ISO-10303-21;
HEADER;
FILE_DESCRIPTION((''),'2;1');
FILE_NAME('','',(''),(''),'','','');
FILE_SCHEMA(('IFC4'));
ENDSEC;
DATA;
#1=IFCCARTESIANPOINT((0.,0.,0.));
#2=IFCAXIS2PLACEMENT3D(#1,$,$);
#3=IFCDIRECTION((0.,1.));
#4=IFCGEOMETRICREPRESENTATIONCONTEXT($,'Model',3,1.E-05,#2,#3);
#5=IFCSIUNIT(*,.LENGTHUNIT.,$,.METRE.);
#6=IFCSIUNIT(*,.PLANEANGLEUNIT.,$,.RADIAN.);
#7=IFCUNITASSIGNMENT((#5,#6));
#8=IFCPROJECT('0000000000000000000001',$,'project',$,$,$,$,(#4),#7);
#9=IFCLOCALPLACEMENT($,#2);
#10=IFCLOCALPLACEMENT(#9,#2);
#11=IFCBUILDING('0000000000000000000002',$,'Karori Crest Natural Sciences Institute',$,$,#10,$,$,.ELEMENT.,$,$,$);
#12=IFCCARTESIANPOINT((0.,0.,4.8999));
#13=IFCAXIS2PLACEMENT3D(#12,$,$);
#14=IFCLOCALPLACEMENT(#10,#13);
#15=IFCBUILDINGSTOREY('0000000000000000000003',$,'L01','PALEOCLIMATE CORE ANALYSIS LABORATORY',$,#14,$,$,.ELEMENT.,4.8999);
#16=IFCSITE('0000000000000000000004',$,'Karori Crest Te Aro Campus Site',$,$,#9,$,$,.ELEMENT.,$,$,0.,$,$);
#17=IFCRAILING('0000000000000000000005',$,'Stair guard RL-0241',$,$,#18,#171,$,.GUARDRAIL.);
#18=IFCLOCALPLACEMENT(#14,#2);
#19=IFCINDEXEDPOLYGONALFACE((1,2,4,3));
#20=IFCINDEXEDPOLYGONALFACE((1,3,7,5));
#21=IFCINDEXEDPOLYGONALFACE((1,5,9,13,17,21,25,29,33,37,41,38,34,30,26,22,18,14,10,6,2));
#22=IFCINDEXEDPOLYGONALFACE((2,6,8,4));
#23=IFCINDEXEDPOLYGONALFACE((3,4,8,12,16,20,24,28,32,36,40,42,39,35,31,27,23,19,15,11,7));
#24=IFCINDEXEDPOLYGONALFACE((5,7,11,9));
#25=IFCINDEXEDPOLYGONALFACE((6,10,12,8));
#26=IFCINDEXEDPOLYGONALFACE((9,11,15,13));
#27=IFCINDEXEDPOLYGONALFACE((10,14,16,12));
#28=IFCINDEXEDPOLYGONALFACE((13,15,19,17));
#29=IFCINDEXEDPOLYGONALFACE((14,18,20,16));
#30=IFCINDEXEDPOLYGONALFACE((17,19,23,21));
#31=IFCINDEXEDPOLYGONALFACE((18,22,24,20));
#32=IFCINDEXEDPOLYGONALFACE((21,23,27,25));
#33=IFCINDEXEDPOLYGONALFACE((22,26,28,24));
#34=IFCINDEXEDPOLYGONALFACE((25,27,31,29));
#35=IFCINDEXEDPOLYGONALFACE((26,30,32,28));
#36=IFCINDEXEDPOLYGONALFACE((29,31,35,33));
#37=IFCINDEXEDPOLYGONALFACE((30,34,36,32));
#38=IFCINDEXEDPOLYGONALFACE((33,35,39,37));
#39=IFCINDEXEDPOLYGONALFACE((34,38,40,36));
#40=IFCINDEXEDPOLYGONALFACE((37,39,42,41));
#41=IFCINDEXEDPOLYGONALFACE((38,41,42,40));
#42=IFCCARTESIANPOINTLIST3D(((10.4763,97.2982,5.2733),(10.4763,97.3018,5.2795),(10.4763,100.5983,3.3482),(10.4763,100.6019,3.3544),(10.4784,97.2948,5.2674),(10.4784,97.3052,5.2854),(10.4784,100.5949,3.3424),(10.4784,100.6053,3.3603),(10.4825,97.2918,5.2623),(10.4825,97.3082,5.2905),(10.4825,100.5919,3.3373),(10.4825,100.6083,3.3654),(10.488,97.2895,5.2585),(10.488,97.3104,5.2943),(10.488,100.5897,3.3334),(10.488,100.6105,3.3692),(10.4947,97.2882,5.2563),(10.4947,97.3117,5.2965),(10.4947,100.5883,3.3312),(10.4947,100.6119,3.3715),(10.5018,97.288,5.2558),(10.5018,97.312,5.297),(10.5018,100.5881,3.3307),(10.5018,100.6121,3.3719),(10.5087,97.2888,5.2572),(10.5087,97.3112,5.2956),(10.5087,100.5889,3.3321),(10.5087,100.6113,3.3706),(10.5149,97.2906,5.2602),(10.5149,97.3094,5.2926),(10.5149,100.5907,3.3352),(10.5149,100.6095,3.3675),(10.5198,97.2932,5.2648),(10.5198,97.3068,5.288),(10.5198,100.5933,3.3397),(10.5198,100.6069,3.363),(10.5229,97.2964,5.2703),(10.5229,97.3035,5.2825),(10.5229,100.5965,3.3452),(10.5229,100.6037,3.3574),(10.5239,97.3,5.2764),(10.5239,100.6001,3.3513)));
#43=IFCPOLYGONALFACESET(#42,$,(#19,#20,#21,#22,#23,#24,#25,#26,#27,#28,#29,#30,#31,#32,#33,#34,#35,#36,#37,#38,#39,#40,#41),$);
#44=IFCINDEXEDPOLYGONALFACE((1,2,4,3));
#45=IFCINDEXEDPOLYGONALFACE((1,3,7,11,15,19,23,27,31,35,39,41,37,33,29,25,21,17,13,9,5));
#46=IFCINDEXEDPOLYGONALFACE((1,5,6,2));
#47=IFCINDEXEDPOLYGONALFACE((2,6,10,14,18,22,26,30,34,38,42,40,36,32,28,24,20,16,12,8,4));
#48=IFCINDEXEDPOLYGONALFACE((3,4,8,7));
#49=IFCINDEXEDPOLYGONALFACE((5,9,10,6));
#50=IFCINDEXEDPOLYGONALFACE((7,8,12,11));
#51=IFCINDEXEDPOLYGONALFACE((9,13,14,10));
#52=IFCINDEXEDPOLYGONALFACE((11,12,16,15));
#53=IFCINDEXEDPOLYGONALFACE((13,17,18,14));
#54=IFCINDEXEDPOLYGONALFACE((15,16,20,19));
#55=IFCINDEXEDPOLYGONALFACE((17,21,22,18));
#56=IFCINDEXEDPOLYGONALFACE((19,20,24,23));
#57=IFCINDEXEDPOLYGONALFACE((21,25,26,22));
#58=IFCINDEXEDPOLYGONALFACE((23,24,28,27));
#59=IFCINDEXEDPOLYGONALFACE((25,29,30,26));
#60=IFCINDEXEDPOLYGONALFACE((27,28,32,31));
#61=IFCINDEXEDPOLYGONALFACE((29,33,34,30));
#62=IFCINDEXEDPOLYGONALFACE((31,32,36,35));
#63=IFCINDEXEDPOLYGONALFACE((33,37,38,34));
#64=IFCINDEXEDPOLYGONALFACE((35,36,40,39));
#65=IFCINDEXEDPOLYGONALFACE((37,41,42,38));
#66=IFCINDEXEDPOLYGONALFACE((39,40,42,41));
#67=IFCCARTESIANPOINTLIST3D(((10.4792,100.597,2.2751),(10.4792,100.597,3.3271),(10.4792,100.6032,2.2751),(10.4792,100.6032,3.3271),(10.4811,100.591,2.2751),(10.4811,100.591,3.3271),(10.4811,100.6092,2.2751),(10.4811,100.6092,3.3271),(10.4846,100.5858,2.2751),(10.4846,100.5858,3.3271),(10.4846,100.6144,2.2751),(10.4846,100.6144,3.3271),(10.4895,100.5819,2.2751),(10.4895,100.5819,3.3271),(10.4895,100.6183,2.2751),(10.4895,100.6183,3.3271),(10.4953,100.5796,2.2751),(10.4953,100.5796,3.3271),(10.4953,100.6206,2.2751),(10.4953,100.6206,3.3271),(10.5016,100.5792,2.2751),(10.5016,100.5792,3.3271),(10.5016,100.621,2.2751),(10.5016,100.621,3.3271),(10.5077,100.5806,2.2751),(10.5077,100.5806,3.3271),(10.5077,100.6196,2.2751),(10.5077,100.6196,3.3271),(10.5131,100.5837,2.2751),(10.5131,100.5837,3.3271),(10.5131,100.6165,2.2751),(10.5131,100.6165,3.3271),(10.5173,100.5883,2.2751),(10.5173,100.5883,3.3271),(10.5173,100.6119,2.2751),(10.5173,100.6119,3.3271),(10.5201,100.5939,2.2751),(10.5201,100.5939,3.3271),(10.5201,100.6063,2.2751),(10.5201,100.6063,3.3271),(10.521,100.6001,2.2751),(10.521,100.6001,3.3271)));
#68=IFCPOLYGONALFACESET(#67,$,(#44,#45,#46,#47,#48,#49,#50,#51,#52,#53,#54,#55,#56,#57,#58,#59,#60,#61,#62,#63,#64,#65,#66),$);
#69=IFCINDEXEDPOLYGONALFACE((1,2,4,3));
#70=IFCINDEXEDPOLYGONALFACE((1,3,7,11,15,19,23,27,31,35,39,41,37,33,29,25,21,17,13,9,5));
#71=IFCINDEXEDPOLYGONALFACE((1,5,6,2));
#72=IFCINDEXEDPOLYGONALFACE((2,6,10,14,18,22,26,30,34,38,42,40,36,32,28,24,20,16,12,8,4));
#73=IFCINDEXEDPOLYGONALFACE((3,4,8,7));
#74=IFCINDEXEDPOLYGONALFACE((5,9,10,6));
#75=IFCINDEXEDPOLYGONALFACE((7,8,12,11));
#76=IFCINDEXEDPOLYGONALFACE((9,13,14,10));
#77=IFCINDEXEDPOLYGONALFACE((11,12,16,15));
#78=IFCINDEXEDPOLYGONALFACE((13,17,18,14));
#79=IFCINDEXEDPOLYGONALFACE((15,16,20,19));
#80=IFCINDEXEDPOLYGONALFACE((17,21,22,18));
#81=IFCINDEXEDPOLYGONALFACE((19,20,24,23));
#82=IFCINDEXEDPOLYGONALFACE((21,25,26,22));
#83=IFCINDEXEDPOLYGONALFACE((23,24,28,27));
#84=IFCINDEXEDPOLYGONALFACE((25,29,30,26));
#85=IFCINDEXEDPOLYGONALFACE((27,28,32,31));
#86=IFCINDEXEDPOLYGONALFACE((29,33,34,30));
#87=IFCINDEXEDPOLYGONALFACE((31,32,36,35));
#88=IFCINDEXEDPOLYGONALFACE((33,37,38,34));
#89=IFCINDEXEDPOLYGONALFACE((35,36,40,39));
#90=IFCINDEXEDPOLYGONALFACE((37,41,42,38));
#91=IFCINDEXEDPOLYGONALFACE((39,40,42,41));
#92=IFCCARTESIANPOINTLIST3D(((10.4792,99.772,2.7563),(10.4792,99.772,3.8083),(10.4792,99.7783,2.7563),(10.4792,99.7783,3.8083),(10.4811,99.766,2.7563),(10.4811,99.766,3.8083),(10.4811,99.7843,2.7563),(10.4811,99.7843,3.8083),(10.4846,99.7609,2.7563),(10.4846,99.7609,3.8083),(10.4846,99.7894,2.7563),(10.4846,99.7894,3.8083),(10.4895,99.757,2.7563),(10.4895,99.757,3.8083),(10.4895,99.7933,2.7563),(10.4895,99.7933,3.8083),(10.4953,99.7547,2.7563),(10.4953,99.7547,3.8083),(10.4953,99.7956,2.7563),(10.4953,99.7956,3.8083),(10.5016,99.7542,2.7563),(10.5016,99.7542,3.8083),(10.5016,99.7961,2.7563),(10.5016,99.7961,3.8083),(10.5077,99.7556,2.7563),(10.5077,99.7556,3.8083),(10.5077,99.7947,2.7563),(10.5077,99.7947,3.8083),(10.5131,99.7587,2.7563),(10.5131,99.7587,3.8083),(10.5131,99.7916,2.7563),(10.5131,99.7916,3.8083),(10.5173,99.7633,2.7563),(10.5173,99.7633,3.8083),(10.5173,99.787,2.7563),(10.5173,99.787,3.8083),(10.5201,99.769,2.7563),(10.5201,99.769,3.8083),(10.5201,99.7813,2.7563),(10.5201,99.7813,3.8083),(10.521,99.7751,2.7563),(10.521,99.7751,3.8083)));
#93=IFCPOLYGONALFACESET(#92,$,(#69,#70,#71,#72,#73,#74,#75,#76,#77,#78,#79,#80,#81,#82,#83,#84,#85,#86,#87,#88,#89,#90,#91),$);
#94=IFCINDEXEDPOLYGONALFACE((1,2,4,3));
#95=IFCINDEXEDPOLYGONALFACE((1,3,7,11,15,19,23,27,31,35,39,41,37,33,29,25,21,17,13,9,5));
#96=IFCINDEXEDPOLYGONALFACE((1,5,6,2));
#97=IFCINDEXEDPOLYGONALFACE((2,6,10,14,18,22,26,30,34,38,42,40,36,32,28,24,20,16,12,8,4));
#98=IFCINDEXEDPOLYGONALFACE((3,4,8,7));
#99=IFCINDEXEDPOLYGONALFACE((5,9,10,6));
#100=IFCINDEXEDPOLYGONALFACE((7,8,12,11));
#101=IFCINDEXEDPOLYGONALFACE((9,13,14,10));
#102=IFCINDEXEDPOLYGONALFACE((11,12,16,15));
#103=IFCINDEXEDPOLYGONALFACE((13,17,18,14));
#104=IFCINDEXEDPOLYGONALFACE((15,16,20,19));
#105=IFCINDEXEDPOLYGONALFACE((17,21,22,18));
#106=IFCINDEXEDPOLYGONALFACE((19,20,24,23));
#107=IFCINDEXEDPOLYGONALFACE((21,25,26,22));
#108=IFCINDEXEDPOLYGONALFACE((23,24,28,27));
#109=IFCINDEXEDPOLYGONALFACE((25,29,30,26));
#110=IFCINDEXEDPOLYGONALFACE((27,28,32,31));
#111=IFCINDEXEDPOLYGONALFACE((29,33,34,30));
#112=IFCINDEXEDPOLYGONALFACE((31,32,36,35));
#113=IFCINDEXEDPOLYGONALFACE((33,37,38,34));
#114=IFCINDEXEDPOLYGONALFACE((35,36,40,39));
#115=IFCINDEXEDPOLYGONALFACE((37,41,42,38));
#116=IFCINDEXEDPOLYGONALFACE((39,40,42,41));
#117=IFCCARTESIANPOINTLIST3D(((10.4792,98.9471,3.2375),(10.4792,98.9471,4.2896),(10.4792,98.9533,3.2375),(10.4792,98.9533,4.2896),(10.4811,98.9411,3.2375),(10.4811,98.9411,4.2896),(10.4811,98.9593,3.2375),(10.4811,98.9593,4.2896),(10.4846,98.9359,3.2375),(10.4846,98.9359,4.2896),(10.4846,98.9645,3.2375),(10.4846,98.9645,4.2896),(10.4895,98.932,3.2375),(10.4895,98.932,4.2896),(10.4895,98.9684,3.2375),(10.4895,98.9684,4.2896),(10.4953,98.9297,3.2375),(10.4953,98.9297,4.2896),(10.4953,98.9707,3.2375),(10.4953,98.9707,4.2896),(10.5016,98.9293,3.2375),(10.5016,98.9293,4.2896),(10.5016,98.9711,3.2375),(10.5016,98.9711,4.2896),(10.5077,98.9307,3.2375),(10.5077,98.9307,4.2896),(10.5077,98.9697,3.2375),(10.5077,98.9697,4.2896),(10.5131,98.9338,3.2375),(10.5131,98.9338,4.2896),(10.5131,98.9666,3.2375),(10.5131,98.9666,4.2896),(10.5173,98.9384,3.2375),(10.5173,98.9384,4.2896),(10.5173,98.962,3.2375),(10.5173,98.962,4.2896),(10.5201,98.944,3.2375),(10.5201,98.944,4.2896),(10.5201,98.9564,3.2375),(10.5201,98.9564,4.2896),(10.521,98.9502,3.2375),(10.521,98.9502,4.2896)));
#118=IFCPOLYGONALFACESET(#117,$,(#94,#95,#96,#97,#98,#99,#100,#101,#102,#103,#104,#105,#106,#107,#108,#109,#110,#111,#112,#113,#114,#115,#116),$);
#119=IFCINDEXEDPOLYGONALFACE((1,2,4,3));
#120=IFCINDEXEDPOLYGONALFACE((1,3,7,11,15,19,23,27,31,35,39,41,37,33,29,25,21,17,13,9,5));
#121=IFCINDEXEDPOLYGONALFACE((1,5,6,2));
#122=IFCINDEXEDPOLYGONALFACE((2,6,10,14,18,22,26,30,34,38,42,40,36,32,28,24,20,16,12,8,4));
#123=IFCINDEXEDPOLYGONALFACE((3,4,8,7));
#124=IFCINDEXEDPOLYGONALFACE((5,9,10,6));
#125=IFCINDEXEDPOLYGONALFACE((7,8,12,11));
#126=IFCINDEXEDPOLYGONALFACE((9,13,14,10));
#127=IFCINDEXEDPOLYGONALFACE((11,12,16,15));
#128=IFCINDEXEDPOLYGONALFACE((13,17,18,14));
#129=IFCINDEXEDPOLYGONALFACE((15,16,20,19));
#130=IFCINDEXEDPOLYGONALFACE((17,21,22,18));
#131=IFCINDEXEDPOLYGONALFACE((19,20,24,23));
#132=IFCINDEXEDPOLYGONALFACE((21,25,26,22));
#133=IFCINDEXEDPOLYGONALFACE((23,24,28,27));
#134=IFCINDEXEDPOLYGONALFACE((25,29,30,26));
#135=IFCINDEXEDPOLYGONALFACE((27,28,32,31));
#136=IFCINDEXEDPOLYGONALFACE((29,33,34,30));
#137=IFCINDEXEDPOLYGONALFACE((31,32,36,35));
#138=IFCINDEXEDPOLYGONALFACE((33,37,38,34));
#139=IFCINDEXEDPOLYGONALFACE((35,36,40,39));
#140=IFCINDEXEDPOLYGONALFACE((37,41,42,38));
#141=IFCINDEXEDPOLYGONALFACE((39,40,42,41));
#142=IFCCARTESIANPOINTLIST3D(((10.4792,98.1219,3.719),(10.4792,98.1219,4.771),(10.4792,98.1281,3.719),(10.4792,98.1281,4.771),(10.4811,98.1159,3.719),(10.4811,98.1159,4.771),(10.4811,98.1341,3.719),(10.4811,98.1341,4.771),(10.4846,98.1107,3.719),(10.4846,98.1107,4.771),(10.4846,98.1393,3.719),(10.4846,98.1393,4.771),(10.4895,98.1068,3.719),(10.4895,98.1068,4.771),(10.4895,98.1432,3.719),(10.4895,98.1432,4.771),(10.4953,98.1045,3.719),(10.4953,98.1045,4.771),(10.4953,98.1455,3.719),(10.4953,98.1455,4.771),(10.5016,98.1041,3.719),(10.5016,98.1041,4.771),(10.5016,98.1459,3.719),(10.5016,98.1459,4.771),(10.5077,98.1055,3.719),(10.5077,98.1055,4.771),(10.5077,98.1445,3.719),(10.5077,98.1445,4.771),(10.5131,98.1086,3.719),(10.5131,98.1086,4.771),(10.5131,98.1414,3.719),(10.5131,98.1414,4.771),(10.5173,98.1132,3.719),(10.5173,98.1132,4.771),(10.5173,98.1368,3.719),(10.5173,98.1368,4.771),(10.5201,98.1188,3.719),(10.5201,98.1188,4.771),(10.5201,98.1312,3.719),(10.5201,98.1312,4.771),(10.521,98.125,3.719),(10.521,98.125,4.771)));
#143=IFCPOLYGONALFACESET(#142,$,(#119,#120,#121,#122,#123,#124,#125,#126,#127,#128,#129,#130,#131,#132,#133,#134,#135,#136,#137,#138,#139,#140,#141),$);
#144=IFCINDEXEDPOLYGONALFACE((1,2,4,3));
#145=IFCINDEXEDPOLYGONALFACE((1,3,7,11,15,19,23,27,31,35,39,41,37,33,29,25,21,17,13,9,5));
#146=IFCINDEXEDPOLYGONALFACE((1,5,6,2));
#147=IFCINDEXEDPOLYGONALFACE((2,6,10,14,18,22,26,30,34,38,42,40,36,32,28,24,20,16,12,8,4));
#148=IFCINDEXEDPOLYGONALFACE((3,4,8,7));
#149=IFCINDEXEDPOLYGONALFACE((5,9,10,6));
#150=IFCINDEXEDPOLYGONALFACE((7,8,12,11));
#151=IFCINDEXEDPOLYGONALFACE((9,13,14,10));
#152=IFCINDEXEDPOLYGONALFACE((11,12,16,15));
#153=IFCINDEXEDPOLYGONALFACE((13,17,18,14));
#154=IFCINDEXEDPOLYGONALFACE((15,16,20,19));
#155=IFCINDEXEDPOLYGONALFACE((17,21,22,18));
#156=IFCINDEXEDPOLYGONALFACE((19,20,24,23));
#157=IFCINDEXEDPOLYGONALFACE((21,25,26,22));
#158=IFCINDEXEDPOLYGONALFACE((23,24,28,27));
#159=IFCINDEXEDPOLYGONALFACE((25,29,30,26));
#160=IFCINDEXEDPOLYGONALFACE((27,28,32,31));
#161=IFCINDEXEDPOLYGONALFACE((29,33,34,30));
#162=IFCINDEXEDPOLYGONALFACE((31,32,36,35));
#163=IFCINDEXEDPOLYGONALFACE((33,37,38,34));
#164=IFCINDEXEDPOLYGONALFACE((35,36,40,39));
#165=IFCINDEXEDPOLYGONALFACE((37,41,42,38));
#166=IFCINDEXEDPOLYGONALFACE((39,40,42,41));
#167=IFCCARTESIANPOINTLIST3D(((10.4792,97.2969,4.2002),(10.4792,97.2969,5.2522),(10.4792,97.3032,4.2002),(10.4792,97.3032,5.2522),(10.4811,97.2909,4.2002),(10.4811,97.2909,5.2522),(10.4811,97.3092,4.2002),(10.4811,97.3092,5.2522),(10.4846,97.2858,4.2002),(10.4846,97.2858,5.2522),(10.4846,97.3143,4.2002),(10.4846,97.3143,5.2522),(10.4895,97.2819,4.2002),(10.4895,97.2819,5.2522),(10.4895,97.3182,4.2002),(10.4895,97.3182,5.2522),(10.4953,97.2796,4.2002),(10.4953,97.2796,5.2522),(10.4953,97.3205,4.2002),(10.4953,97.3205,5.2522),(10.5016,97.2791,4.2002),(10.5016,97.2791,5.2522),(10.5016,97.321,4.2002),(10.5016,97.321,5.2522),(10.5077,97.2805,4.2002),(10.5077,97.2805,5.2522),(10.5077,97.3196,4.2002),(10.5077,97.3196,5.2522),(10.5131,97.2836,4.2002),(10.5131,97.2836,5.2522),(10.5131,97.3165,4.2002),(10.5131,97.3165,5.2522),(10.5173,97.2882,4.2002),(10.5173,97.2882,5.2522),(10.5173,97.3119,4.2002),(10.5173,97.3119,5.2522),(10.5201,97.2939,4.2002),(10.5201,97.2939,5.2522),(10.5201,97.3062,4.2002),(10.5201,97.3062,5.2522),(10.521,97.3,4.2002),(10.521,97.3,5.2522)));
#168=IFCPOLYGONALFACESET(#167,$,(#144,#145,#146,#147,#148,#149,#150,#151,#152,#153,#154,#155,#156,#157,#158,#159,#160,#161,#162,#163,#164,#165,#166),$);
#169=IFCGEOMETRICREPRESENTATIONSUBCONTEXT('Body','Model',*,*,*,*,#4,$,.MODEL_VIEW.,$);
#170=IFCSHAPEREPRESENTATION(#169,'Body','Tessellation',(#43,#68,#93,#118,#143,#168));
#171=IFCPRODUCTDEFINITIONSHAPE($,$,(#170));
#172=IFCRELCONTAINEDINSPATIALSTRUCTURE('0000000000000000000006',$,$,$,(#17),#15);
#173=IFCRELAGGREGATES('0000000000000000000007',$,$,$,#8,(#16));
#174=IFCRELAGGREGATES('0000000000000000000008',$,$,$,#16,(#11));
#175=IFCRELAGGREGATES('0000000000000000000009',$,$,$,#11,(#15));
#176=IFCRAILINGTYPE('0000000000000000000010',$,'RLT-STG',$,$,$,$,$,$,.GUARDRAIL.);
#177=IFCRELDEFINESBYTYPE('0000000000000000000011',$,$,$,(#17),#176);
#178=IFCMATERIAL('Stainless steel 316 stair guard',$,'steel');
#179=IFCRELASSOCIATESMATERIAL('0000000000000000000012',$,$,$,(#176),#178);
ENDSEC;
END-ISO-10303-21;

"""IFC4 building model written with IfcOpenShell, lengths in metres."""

from ifc_helpers import new_model, si_unit, direction, frame, origin, origin_2d, place, context, subcontext, project, spatial, circle, extrude, material, type_object, element, save


model = new_model("IFC4")

# Units and contexts
model_context = context("Model", 3, precision=1e-05, world=origin(), true_north=direction((0.0, 1.0)))
body_context = subcontext(model_context, "Body", "Model", "MODEL_VIEW")
ifc_project = project(units=[si_unit("LENGTHUNIT", "METRE"), si_unit("PLANEANGLEUNIT", "RADIAN")], contexts=[model_context])

# Site, building, storey
site_placement = place(None, origin())
site = spatial("IfcSite", under=ifc_project, at=site_placement, Name="Karori Crest Te Aro Campus Site", CompositionType="ELEMENT", RefElevation=0.0)
building_placement = place(site_placement, origin())
building = spatial("IfcBuilding", under=site, at=building_placement, Name="Karori Crest Natural Sciences Institute", CompositionType="ELEMENT")
storey_placement = place(building_placement, frame((0.0, 0.0, 4.8999)))
storey = spatial("IfcBuildingStorey", under=building, at=storey_placement, Name="L01", Description="PALEOCLIMATE CORE ANALYSIS LABORATORY", CompositionType="ELEMENT", Elevation=4.8999)

# Railing
ifc_material_1 = material(Name="Stainless steel 316 stair guard", Category="steel")
railing_type_1 = type_object("IfcRailingType", Name="RLT-STG", PredefinedType="GUARDRAIL", material=ifc_material_1)
railing_1_placement = place(storey_placement, frame((10.5, 100.6001, 2.2751)))
element("IfcRailing", 1, at=railing_1_placement, inside=storey, type_object=railing_type_1, Name="Stair guard RL-0241", PredefinedType="GUARDRAIL", context=body_context, shape_type="SweptSolid", body=[
    extrude(circle(Radius=0.0239, at=origin_2d()), frame((0.0, 0.0, 1.0762), z_axis=(0.0, -0.863777, 0.503875), x_axis=(1.0, 0.0, 0.0)), (0.0, 0.0, 1.0), 3.8206),
    extrude(circle(Radius=0.021, at=origin_2d()), origin(), (0.0, 0.0, 1.0), 1.052),
    extrude(circle(Radius=0.021, at=origin_2d()), frame((0.0, -0.825, 0.4812)), (0.0, 0.0, 1.0), 1.052),
    extrude(circle(Radius=0.021, at=origin_2d()), frame((0.0, -1.6499, 0.9624)), (0.0, 0.0, 1.0), 1.052),
    extrude(circle(Radius=0.021, at=origin_2d()), frame((0.0, -2.4751, 1.4438)), (0.0, 0.0, 1.0), 1.052),
    extrude(circle(Radius=0.021, at=origin_2d()), frame((0.0, -3.3, 1.925)), (0.0, 0.0, 1.0), 1.052),
])

save(model, "model.ifc")
